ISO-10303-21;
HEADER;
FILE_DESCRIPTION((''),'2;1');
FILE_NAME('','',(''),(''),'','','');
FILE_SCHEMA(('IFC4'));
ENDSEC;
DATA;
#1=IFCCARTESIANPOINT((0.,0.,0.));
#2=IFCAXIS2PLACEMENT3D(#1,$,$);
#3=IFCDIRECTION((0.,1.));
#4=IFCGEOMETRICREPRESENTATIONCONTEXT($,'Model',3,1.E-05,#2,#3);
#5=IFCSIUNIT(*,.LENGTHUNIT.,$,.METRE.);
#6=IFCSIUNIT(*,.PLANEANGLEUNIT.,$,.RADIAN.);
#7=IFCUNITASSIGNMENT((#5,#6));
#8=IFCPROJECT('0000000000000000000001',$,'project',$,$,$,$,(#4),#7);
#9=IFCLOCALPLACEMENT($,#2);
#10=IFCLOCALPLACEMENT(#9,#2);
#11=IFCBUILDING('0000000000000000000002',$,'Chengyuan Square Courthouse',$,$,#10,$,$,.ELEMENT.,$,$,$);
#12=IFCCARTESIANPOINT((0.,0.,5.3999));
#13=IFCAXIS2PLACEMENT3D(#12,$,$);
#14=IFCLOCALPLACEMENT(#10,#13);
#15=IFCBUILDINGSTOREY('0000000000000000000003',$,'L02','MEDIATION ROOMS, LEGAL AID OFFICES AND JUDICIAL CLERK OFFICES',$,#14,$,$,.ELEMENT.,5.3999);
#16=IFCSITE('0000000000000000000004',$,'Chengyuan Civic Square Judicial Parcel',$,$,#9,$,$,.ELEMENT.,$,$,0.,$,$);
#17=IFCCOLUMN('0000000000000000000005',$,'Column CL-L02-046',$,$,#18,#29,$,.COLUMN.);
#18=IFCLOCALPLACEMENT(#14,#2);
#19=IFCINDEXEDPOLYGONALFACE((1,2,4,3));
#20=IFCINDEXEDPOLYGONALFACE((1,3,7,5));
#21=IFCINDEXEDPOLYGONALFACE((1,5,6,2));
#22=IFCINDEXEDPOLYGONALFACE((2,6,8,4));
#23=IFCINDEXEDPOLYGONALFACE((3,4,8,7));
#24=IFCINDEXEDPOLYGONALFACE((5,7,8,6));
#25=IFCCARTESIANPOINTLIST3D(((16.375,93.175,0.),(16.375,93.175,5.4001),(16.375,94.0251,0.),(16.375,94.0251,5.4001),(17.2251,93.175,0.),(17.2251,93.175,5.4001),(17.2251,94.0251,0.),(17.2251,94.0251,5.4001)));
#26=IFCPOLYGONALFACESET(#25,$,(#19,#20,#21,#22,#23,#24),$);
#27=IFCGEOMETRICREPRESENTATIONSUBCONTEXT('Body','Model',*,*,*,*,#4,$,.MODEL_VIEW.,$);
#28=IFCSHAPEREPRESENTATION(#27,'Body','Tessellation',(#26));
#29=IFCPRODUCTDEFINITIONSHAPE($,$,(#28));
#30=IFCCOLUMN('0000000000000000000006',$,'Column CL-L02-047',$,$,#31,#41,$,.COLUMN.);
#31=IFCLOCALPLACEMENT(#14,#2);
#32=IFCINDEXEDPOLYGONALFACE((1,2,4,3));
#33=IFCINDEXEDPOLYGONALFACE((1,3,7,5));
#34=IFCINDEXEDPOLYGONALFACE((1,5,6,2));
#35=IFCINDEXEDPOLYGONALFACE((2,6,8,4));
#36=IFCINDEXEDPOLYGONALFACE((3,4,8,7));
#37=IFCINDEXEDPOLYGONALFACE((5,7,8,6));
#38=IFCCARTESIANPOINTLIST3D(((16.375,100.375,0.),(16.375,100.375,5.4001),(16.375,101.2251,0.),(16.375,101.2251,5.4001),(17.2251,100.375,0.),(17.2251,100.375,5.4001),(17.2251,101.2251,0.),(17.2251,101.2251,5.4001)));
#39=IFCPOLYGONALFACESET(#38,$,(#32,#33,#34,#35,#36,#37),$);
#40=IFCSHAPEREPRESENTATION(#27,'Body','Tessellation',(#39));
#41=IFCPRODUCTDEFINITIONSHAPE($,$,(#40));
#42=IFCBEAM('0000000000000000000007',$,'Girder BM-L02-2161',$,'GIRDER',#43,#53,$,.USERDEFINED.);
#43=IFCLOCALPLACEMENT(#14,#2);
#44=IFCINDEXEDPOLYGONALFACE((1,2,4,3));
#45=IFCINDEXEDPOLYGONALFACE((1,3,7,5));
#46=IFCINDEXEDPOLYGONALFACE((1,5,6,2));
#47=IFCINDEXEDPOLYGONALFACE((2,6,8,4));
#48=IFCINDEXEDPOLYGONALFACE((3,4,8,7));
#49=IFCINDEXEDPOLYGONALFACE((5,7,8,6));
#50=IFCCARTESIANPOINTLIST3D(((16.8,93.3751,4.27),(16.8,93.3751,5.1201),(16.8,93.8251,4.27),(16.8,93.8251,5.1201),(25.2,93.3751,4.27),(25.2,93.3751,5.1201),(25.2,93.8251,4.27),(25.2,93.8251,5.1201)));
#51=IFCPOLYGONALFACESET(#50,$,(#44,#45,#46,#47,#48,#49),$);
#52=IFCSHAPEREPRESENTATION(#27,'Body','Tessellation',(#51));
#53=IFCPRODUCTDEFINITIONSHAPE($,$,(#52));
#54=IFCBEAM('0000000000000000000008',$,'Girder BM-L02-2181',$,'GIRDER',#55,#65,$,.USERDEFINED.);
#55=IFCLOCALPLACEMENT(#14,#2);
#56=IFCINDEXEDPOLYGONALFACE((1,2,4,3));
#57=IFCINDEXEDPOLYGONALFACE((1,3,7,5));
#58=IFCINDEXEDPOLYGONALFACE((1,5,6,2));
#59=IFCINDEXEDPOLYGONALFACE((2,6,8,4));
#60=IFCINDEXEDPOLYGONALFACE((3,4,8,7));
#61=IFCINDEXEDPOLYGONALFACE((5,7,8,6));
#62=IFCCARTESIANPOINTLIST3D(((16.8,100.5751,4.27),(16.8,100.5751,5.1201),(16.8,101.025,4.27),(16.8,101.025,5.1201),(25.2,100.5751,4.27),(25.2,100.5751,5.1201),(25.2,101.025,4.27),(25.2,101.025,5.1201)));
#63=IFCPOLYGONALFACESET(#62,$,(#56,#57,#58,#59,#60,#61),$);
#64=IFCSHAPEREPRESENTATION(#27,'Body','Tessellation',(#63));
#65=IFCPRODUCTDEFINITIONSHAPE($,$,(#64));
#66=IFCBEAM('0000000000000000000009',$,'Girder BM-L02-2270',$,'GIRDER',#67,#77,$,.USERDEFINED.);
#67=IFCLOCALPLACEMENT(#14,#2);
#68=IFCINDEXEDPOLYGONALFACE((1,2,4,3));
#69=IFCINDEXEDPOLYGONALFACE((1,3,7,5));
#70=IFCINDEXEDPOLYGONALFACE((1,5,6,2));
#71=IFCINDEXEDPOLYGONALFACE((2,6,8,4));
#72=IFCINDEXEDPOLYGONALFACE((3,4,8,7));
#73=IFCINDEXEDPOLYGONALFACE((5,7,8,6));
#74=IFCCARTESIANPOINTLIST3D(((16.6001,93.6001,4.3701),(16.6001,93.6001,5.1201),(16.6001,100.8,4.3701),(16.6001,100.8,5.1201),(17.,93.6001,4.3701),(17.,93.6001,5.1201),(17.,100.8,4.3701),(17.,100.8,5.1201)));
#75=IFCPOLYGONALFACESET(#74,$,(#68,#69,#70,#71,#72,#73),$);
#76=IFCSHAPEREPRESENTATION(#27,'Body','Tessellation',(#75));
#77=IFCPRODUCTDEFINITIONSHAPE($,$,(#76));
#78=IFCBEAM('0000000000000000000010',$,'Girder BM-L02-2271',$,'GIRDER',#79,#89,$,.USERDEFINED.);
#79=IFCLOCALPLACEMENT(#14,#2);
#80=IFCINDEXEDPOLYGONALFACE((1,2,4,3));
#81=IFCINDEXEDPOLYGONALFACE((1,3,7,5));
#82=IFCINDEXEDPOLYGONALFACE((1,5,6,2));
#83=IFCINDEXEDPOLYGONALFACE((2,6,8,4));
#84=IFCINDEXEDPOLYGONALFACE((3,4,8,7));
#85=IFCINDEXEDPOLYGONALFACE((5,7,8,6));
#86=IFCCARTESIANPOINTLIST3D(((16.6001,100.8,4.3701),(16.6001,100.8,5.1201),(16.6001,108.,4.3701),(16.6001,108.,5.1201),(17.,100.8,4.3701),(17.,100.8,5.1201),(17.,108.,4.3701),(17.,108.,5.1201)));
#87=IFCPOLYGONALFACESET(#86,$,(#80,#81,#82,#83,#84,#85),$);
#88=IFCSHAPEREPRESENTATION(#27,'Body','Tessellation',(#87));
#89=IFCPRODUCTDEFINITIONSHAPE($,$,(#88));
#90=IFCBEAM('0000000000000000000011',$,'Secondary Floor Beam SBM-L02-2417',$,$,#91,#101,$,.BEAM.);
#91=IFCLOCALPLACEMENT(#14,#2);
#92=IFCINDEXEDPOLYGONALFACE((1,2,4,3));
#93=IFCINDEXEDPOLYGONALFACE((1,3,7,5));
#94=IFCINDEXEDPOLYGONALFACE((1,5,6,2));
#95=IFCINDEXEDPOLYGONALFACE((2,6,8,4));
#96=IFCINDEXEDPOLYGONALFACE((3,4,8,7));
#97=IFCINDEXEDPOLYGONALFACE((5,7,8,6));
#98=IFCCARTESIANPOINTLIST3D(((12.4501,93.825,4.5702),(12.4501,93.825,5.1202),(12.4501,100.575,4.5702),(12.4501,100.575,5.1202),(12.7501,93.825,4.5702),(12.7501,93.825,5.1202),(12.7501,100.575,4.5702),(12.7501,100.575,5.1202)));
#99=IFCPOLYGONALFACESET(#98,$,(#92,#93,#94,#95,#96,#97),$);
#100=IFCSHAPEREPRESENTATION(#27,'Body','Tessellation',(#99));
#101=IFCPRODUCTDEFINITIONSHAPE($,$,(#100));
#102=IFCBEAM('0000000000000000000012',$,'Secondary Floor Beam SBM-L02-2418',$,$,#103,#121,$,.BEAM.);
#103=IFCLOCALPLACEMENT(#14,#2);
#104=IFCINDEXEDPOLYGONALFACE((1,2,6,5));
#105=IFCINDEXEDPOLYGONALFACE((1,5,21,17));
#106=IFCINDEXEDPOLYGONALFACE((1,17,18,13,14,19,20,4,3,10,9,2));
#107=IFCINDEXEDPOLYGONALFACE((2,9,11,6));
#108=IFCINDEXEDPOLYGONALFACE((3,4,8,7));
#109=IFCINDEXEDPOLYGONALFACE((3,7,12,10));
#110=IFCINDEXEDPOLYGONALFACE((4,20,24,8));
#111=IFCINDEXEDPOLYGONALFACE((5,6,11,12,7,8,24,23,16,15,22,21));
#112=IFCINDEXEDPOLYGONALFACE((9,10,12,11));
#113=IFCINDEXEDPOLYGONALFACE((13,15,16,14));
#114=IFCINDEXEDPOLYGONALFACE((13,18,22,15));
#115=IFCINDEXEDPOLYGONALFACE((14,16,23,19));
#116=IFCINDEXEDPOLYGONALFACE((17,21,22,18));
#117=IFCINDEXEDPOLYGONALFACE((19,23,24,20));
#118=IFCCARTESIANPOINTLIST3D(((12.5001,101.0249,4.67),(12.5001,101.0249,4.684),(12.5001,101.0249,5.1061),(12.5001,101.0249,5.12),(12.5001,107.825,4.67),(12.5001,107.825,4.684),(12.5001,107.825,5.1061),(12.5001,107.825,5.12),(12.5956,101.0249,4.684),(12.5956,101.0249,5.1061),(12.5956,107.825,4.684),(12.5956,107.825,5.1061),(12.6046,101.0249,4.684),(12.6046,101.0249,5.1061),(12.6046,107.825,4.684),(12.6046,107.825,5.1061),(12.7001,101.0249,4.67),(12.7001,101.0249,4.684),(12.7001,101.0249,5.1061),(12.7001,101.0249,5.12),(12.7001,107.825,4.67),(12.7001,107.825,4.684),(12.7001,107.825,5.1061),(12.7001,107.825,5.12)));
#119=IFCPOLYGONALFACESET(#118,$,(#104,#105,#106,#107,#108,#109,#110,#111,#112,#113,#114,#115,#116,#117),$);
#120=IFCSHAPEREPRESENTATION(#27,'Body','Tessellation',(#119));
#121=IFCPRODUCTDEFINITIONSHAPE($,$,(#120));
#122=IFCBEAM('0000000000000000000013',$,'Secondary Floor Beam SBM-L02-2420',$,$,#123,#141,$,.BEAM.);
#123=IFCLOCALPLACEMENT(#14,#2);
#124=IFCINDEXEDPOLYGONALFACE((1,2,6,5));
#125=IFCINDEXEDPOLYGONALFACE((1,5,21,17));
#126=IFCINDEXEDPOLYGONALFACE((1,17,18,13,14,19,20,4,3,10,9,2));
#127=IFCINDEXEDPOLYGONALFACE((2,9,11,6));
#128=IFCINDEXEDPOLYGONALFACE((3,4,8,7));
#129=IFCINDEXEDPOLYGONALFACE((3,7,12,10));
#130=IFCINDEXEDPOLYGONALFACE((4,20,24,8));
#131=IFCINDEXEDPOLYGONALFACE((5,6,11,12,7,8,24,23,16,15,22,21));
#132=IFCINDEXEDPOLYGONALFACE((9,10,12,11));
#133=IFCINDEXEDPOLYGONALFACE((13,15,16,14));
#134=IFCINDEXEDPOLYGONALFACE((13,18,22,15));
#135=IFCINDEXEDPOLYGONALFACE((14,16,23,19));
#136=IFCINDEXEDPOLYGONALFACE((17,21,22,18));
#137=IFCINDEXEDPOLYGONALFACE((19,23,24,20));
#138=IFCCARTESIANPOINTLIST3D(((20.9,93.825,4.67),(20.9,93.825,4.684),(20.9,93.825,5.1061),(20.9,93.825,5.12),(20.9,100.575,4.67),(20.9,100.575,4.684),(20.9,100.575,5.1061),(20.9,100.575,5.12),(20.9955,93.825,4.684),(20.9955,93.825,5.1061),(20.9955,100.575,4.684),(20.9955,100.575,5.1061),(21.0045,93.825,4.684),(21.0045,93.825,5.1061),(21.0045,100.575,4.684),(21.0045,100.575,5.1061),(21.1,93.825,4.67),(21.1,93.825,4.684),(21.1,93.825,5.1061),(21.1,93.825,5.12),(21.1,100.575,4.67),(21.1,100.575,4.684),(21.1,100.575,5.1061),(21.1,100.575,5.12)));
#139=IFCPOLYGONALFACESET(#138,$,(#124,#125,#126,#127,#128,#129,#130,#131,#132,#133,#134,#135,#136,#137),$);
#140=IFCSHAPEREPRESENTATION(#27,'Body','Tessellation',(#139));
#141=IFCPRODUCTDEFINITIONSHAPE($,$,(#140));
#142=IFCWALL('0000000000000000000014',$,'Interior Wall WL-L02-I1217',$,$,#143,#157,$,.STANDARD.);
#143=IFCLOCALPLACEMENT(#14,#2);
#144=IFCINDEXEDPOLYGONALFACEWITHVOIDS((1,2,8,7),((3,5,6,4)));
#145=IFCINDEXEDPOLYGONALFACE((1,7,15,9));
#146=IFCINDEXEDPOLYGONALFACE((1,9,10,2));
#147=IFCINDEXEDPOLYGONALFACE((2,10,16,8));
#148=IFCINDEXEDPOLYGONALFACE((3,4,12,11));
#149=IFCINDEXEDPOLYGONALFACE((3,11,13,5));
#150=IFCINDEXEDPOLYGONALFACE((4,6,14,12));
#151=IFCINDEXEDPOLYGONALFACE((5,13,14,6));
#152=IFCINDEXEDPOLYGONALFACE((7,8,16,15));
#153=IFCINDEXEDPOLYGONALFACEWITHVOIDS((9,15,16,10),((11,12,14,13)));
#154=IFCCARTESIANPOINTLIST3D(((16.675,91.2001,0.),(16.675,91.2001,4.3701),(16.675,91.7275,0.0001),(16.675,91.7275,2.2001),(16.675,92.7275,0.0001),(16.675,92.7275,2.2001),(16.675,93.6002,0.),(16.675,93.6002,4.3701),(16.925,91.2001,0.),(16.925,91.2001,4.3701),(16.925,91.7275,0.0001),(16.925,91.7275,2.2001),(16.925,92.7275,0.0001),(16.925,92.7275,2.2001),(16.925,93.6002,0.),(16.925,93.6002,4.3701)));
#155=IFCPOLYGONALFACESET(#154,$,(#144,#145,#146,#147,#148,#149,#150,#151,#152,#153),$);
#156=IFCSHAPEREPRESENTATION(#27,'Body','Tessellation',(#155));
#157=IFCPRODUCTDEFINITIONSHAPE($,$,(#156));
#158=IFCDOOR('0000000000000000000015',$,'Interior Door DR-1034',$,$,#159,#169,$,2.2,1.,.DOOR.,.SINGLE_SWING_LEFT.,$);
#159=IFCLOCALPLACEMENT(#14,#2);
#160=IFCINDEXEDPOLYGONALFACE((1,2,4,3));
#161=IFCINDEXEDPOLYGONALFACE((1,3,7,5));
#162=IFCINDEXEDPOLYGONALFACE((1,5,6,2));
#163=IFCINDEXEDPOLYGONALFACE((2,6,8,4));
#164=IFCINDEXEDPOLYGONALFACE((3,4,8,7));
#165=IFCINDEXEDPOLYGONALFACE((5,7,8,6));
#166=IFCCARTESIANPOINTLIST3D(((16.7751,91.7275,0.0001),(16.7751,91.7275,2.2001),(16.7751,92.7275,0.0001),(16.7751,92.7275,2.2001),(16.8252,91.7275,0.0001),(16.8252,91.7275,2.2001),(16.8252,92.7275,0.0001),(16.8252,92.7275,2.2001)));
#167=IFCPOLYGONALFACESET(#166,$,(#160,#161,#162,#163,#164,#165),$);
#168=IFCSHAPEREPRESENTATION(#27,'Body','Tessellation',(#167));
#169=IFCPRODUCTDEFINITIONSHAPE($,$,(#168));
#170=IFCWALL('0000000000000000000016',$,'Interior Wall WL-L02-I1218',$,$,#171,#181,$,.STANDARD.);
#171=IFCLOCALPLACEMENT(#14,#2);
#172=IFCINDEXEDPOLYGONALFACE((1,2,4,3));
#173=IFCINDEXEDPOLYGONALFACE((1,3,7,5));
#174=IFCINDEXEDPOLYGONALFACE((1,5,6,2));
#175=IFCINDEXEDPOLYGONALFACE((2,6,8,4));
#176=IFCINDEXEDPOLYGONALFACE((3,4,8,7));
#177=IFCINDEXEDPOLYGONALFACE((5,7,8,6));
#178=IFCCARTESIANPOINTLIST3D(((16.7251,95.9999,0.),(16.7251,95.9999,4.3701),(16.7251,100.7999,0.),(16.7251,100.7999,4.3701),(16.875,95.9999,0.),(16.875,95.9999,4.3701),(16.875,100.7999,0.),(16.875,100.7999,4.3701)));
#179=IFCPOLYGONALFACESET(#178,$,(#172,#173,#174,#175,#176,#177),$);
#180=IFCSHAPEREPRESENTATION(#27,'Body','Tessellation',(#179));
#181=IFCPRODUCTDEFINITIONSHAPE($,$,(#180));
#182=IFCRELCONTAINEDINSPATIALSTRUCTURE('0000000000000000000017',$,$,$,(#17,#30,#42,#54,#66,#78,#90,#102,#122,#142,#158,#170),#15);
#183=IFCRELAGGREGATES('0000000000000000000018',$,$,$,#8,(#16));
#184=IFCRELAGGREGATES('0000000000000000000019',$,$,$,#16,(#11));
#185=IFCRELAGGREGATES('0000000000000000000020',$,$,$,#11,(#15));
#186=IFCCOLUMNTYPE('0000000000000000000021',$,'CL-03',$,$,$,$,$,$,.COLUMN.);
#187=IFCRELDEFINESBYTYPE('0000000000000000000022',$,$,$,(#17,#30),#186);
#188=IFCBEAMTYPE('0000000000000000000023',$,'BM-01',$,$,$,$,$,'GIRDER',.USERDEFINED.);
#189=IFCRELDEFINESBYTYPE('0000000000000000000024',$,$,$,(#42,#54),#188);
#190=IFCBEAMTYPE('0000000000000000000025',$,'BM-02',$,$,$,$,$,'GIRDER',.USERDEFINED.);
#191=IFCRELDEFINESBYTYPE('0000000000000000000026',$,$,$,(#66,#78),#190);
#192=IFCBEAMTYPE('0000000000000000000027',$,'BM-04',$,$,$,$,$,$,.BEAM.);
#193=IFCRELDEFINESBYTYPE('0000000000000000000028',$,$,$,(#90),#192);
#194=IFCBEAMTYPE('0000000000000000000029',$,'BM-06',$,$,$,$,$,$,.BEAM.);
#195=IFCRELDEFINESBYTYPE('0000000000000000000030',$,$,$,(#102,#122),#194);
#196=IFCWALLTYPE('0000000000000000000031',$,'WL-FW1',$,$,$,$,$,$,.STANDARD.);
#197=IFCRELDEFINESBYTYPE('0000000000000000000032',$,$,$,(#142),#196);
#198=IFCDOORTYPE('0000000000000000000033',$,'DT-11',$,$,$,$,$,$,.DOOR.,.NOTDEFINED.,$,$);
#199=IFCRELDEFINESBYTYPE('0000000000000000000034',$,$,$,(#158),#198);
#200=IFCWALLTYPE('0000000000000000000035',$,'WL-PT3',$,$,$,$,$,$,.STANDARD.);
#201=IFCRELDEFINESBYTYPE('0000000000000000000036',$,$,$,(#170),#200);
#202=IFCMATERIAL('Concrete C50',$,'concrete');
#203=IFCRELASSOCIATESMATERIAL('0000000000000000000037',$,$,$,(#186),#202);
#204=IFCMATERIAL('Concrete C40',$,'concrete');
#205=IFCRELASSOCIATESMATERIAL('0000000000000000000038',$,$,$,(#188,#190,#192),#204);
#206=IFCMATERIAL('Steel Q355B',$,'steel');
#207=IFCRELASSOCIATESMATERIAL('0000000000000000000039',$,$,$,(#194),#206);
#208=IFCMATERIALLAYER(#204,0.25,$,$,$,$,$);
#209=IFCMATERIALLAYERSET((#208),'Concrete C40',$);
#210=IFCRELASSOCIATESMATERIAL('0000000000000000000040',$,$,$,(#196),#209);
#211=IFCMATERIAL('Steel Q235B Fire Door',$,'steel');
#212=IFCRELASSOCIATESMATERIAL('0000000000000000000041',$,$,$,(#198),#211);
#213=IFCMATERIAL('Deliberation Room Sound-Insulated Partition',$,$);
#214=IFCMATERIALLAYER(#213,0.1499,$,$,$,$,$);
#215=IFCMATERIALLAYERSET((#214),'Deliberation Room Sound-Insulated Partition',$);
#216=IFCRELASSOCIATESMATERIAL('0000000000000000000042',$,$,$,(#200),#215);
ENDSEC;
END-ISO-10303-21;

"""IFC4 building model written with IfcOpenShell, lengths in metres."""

from ifc_helpers import new_model, si_unit, direction, frame, frame_2d, origin, origin_2d, place, context, subcontext, project, spatial, rectangle, i_section, extrude, material, layer, layer_set, material_profile, profile_set, type_object, element, fill, save


model = new_model("IFC4")

# Units and contexts
model_context = context("Model", 3, precision=1e-05, world=origin(), true_north=direction((0.0, 1.0)))
body_context = subcontext(model_context, "Body", "Model", "MODEL_VIEW")
ifc_project = project(units=[si_unit("LENGTHUNIT", "METRE"), si_unit("PLANEANGLEUNIT", "RADIAN")], contexts=[model_context])

# Site, building, storey
site_placement = place(None, origin())
site = spatial("IfcSite", under=ifc_project, at=site_placement, Name="Chengyuan Civic Square Judicial Parcel", CompositionType="ELEMENT", RefElevation=0.0)
building_placement = place(site_placement, origin())
building = spatial("IfcBuilding", under=site, at=building_placement, Name="Chengyuan Square Courthouse", CompositionType="ELEMENT")
storey_placement = place(building_placement, frame((0.0, 0.0, 5.3999)))
storey = spatial("IfcBuildingStorey", under=building, at=storey_placement, Name="L02", Description="MEDIATION ROOMS, LEGAL AID OFFICES AND JUDICIAL CLERK OFFICES", CompositionType="ELEMENT", Elevation=5.3999)

# Columns
ifc_material_1 = material(Name="Concrete C50", Category="concrete")
ifc_material_profile_1 = material_profile(ifc_material_1, rectangle(XDim=0.8501, YDim=0.8501, at=origin_2d()), Name="RC-COL-850x850")
ifc_profile_set_1 = profile_set([ifc_material_profile_1], Name="Concrete C50")
column_type = type_object("IfcColumnType", Name="CL-03", PredefinedType="COLUMN", material=ifc_profile_set_1)
for number, where, z_axis, x_axis, name in (
    (1, (16.8, 93.6001, 0.0), (0.0, 0.0, 1.0), (1.0, 0.0, 0.0), "Column CL-L02-046"),
    (2, (16.8, 100.8, 0.0), (0.0, 0.0, 1.0), (1.0, 0.0, 0.0), "Column CL-L02-047"),
):
    element("IfcColumn", number, at=place(storey_placement, frame(where, z_axis=z_axis, x_axis=x_axis)), inside=storey, type_object=column_type, Name=name, PredefinedType="COLUMN", context=body_context, shape_type="SweptSolid", body=[
        extrude(rectangle(XDim=0.8501, YDim=0.8501, at=origin_2d()), origin(), (0.0, 0.0, 1.0), 5.4001),
    ])

# Beams
ifc_material_2 = material(Name="Concrete C40", Category="concrete")
ifc_material_profile_2 = material_profile(ifc_material_2, rectangle(XDim=0.45, YDim=0.8501, at=origin_2d()), Name="RC-BM-450x850")
ifc_profile_set_2 = profile_set([ifc_material_profile_2], Name="Concrete C40")
beam_type_1 = type_object("IfcBeamType", Name="BM-01", ElementType="GIRDER", PredefinedType="USERDEFINED", material=ifc_profile_set_2)
for number, where, z_axis, x_axis, name in (
    (3, (16.8, 93.6001, 4.6951), (1.0, 0.0, 0.0), (0.0, 1.0, 0.0), "Girder BM-L02-2161"),
    (4, (16.8, 100.8, 4.6951), (1.0, 0.0, 0.0), (0.0, 1.0, 0.0), "Girder BM-L02-2181"),
):
    element("IfcBeam", number, at=place(storey_placement, frame(where, z_axis=z_axis, x_axis=x_axis)), inside=storey, type_object=beam_type_1, Name=name, ObjectType="GIRDER", PredefinedType="USERDEFINED", context=body_context, shape_type="SweptSolid", body=[
        extrude(rectangle(XDim=0.45, YDim=0.8501, at=origin_2d()), origin(), (0.0, 0.0, 1.0), 8.3999),
    ])
ifc_material_profile_3 = material_profile(ifc_material_2, rectangle(XDim=0.3999, YDim=0.75, at=origin_2d()), Name="RC-BM-400x750")
ifc_profile_set_3 = profile_set([ifc_material_profile_3], Name="Concrete C40")
beam_type_2 = type_object("IfcBeamType", Name="BM-02", ElementType="GIRDER", PredefinedType="USERDEFINED", material=ifc_profile_set_3)
for number, where, z_axis, x_axis, name in (
    (5, (16.8, 93.6001, 4.7451), (0.0, 1.0, 0.0), (-1.0, 0.0, 0.0), "Girder BM-L02-2270"),
    (6, (16.8, 100.8, 4.7451), (0.0, 1.0, 0.0), (-1.0, 0.0, 0.0), "Girder BM-L02-2271"),
):
    element("IfcBeam", number, at=place(storey_placement, frame(where, z_axis=z_axis, x_axis=x_axis)), inside=storey, type_object=beam_type_2, Name=name, ObjectType="GIRDER", PredefinedType="USERDEFINED", context=body_context, shape_type="SweptSolid", body=[
        extrude(rectangle(XDim=0.3999, YDim=0.75, at=origin_2d()), origin(), (0.0, 0.0, 1.0), 7.2),
    ])
ifc_material_profile_4 = material_profile(ifc_material_2, rectangle(XDim=0.3, YDim=0.55, at=origin_2d()), Name="RC-BM-300x550")
ifc_profile_set_4 = profile_set([ifc_material_profile_4], Name="Concrete C40")
beam_type_3 = type_object("IfcBeamType", Name="BM-04", PredefinedType="BEAM", material=ifc_profile_set_4)
beam_1_placement = place(storey_placement, frame((12.6001, 93.825, 4.8452), z_axis=(0.0, 1.0, 0.0), x_axis=(-1.0, 0.0, 0.0)))
element("IfcBeam", 7, at=beam_1_placement, inside=storey, type_object=beam_type_3, Name="Secondary Floor Beam SBM-L02-2417", PredefinedType="BEAM", context=body_context, shape_type="SweptSolid", body=[
    extrude(rectangle(XDim=0.3, YDim=0.55, at=origin_2d()), origin(), (0.0, 0.0, 1.0), 6.75),
])
ifc_material_3 = material(Name="Steel Q355B", Category="steel")
ifc_material_profile_5 = material_profile(ifc_material_3, i_section(OverallWidth=0.2, OverallDepth=0.45, WebThickness=0.009, FlangeThickness=0.0139, at=origin_2d()), Name="HN 450x200x9x14")
ifc_profile_set_5 = profile_set([ifc_material_profile_5], Name="Steel Q355B")
beam_type_4 = type_object("IfcBeamType", Name="BM-06", PredefinedType="BEAM", material=ifc_profile_set_5)
beam_2_placement = place(storey_placement, frame((12.6001, 101.0249, 4.895), z_axis=(0.0, 1.0, 0.0), x_axis=(-1.0, 0.0, 0.0)))
element("IfcBeam", 8, at=beam_2_placement, inside=storey, type_object=beam_type_4, Name="Secondary Floor Beam SBM-L02-2418", PredefinedType="BEAM", context=body_context, shape_type="SweptSolid", body=[
    extrude(i_section(OverallWidth=0.2, OverallDepth=0.45, WebThickness=0.009, FlangeThickness=0.0139, at=origin_2d()), origin(), (0.0, 0.0, 1.0), 6.8),
])
beam_3_placement = place(storey_placement, frame((21.0, 93.825, 4.895), z_axis=(0.0, 1.0, 0.0), x_axis=(-1.0, 0.0, 0.0)))
element("IfcBeam", 9, at=beam_3_placement, inside=storey, type_object=beam_type_4, Name="Secondary Floor Beam SBM-L02-2420", PredefinedType="BEAM", context=body_context, shape_type="SweptSolid", body=[
    extrude(i_section(OverallWidth=0.2, OverallDepth=0.45, WebThickness=0.009, FlangeThickness=0.0139, at=origin_2d()), origin(), (0.0, 0.0, 1.0), 6.75),
])

# Wall, opening, door
ifc_layer_1 = layer(ifc_material_2, 0.25)
ifc_layer_set_1 = layer_set([ifc_layer_1], Name="Concrete C40")
wall_type_1 = type_object("IfcWallType", Name="WL-FW1", PredefinedType="STANDARD", material=ifc_layer_set_1)
wall_1_placement = place(storey_placement, frame((16.8, 91.2, 0.0), z_axis=(0.0, 0.0, 1.0), x_axis=(0.0, 1.0, 0.0)))
wall_1 = element("IfcWall", 10, at=wall_1_placement, inside=storey, type_object=wall_type_1, Name="Interior Wall WL-L02-I1217", PredefinedType="STANDARD", context=body_context, shape_type="SweptSolid", body=[
    extrude(rectangle(XDim=2.4001, YDim=0.25, at=frame_2d((1.2002, 0.0))), origin(), (0.0, 0.0, 1.0), 4.3701),
])
opening_1_placement = place(wall_1_placement, frame((0.5276, 0.0, 0.0)))
opening_1 = element("IfcOpeningElement", 11, at=opening_1_placement, cuts=wall_1, PredefinedType="OPENING", context=body_context, shape_type="SweptSolid", body=[
    extrude(rectangle(XDim=1.0, YDim=2.2, at=frame_2d((0.5, 1.1001))), frame((0.0, 0.137, 0.0), z_axis=(0.0, -1.0, 0.0), x_axis=(1.0, 0.0, 0.0)), (0.0, 0.0, 1.0), 0.2739),
])
ifc_material_4 = material(Name="Steel Q235B Fire Door", Category="steel")
door_type_1 = type_object("IfcDoorType", Name="DT-11", OperationType="NOTDEFINED", PredefinedType="DOOR", material=ifc_material_4)
door_1_placement = place(opening_1_placement, origin())
door_1 = element("IfcDoor", 12, at=door_1_placement, inside=storey, type_object=door_type_1, Name="Interior Door DR-1034", OperationType="SINGLE_SWING_LEFT", OverallHeight=2.2, OverallWidth=1.0, PredefinedType="DOOR", context=body_context, shape_type="SweptSolid", body=[
    extrude(rectangle(XDim=1.0, YDim=2.2, at=frame_2d((0.5, 1.1001))), frame((0.0, 0.0249, 0.0), z_axis=(0.0, -1.0, 0.0), x_axis=(1.0, 0.0, 0.0)), (0.0, 0.0, 1.0), 0.05),
])
fill(opening_1, door_1)

# Wall
ifc_material_5 = material(Name="Deliberation Room Sound-Insulated Partition")
ifc_layer_2 = layer(ifc_material_5, 0.1499)
ifc_layer_set_2 = layer_set([ifc_layer_2], Name="Deliberation Room Sound-Insulated Partition")
wall_type_2 = type_object("IfcWallType", Name="WL-PT3", PredefinedType="STANDARD", material=ifc_layer_set_2)
wall_2_placement = place(storey_placement, frame((16.8, 96.0, 0.0), z_axis=(0.0, 0.0, 1.0), x_axis=(0.0, 1.0, 0.0)))
element("IfcWall", 13, at=wall_2_placement, inside=storey, type_object=wall_type_2, Name="Interior Wall WL-L02-I1218", PredefinedType="STANDARD", context=body_context, shape_type="SweptSolid", body=[
    extrude(rectangle(XDim=4.8, YDim=0.1499, at=frame_2d((2.3999, 0.0))), origin(), (0.0, 0.0, 1.0), 4.3701),
])

save(model, "model.ifc")
